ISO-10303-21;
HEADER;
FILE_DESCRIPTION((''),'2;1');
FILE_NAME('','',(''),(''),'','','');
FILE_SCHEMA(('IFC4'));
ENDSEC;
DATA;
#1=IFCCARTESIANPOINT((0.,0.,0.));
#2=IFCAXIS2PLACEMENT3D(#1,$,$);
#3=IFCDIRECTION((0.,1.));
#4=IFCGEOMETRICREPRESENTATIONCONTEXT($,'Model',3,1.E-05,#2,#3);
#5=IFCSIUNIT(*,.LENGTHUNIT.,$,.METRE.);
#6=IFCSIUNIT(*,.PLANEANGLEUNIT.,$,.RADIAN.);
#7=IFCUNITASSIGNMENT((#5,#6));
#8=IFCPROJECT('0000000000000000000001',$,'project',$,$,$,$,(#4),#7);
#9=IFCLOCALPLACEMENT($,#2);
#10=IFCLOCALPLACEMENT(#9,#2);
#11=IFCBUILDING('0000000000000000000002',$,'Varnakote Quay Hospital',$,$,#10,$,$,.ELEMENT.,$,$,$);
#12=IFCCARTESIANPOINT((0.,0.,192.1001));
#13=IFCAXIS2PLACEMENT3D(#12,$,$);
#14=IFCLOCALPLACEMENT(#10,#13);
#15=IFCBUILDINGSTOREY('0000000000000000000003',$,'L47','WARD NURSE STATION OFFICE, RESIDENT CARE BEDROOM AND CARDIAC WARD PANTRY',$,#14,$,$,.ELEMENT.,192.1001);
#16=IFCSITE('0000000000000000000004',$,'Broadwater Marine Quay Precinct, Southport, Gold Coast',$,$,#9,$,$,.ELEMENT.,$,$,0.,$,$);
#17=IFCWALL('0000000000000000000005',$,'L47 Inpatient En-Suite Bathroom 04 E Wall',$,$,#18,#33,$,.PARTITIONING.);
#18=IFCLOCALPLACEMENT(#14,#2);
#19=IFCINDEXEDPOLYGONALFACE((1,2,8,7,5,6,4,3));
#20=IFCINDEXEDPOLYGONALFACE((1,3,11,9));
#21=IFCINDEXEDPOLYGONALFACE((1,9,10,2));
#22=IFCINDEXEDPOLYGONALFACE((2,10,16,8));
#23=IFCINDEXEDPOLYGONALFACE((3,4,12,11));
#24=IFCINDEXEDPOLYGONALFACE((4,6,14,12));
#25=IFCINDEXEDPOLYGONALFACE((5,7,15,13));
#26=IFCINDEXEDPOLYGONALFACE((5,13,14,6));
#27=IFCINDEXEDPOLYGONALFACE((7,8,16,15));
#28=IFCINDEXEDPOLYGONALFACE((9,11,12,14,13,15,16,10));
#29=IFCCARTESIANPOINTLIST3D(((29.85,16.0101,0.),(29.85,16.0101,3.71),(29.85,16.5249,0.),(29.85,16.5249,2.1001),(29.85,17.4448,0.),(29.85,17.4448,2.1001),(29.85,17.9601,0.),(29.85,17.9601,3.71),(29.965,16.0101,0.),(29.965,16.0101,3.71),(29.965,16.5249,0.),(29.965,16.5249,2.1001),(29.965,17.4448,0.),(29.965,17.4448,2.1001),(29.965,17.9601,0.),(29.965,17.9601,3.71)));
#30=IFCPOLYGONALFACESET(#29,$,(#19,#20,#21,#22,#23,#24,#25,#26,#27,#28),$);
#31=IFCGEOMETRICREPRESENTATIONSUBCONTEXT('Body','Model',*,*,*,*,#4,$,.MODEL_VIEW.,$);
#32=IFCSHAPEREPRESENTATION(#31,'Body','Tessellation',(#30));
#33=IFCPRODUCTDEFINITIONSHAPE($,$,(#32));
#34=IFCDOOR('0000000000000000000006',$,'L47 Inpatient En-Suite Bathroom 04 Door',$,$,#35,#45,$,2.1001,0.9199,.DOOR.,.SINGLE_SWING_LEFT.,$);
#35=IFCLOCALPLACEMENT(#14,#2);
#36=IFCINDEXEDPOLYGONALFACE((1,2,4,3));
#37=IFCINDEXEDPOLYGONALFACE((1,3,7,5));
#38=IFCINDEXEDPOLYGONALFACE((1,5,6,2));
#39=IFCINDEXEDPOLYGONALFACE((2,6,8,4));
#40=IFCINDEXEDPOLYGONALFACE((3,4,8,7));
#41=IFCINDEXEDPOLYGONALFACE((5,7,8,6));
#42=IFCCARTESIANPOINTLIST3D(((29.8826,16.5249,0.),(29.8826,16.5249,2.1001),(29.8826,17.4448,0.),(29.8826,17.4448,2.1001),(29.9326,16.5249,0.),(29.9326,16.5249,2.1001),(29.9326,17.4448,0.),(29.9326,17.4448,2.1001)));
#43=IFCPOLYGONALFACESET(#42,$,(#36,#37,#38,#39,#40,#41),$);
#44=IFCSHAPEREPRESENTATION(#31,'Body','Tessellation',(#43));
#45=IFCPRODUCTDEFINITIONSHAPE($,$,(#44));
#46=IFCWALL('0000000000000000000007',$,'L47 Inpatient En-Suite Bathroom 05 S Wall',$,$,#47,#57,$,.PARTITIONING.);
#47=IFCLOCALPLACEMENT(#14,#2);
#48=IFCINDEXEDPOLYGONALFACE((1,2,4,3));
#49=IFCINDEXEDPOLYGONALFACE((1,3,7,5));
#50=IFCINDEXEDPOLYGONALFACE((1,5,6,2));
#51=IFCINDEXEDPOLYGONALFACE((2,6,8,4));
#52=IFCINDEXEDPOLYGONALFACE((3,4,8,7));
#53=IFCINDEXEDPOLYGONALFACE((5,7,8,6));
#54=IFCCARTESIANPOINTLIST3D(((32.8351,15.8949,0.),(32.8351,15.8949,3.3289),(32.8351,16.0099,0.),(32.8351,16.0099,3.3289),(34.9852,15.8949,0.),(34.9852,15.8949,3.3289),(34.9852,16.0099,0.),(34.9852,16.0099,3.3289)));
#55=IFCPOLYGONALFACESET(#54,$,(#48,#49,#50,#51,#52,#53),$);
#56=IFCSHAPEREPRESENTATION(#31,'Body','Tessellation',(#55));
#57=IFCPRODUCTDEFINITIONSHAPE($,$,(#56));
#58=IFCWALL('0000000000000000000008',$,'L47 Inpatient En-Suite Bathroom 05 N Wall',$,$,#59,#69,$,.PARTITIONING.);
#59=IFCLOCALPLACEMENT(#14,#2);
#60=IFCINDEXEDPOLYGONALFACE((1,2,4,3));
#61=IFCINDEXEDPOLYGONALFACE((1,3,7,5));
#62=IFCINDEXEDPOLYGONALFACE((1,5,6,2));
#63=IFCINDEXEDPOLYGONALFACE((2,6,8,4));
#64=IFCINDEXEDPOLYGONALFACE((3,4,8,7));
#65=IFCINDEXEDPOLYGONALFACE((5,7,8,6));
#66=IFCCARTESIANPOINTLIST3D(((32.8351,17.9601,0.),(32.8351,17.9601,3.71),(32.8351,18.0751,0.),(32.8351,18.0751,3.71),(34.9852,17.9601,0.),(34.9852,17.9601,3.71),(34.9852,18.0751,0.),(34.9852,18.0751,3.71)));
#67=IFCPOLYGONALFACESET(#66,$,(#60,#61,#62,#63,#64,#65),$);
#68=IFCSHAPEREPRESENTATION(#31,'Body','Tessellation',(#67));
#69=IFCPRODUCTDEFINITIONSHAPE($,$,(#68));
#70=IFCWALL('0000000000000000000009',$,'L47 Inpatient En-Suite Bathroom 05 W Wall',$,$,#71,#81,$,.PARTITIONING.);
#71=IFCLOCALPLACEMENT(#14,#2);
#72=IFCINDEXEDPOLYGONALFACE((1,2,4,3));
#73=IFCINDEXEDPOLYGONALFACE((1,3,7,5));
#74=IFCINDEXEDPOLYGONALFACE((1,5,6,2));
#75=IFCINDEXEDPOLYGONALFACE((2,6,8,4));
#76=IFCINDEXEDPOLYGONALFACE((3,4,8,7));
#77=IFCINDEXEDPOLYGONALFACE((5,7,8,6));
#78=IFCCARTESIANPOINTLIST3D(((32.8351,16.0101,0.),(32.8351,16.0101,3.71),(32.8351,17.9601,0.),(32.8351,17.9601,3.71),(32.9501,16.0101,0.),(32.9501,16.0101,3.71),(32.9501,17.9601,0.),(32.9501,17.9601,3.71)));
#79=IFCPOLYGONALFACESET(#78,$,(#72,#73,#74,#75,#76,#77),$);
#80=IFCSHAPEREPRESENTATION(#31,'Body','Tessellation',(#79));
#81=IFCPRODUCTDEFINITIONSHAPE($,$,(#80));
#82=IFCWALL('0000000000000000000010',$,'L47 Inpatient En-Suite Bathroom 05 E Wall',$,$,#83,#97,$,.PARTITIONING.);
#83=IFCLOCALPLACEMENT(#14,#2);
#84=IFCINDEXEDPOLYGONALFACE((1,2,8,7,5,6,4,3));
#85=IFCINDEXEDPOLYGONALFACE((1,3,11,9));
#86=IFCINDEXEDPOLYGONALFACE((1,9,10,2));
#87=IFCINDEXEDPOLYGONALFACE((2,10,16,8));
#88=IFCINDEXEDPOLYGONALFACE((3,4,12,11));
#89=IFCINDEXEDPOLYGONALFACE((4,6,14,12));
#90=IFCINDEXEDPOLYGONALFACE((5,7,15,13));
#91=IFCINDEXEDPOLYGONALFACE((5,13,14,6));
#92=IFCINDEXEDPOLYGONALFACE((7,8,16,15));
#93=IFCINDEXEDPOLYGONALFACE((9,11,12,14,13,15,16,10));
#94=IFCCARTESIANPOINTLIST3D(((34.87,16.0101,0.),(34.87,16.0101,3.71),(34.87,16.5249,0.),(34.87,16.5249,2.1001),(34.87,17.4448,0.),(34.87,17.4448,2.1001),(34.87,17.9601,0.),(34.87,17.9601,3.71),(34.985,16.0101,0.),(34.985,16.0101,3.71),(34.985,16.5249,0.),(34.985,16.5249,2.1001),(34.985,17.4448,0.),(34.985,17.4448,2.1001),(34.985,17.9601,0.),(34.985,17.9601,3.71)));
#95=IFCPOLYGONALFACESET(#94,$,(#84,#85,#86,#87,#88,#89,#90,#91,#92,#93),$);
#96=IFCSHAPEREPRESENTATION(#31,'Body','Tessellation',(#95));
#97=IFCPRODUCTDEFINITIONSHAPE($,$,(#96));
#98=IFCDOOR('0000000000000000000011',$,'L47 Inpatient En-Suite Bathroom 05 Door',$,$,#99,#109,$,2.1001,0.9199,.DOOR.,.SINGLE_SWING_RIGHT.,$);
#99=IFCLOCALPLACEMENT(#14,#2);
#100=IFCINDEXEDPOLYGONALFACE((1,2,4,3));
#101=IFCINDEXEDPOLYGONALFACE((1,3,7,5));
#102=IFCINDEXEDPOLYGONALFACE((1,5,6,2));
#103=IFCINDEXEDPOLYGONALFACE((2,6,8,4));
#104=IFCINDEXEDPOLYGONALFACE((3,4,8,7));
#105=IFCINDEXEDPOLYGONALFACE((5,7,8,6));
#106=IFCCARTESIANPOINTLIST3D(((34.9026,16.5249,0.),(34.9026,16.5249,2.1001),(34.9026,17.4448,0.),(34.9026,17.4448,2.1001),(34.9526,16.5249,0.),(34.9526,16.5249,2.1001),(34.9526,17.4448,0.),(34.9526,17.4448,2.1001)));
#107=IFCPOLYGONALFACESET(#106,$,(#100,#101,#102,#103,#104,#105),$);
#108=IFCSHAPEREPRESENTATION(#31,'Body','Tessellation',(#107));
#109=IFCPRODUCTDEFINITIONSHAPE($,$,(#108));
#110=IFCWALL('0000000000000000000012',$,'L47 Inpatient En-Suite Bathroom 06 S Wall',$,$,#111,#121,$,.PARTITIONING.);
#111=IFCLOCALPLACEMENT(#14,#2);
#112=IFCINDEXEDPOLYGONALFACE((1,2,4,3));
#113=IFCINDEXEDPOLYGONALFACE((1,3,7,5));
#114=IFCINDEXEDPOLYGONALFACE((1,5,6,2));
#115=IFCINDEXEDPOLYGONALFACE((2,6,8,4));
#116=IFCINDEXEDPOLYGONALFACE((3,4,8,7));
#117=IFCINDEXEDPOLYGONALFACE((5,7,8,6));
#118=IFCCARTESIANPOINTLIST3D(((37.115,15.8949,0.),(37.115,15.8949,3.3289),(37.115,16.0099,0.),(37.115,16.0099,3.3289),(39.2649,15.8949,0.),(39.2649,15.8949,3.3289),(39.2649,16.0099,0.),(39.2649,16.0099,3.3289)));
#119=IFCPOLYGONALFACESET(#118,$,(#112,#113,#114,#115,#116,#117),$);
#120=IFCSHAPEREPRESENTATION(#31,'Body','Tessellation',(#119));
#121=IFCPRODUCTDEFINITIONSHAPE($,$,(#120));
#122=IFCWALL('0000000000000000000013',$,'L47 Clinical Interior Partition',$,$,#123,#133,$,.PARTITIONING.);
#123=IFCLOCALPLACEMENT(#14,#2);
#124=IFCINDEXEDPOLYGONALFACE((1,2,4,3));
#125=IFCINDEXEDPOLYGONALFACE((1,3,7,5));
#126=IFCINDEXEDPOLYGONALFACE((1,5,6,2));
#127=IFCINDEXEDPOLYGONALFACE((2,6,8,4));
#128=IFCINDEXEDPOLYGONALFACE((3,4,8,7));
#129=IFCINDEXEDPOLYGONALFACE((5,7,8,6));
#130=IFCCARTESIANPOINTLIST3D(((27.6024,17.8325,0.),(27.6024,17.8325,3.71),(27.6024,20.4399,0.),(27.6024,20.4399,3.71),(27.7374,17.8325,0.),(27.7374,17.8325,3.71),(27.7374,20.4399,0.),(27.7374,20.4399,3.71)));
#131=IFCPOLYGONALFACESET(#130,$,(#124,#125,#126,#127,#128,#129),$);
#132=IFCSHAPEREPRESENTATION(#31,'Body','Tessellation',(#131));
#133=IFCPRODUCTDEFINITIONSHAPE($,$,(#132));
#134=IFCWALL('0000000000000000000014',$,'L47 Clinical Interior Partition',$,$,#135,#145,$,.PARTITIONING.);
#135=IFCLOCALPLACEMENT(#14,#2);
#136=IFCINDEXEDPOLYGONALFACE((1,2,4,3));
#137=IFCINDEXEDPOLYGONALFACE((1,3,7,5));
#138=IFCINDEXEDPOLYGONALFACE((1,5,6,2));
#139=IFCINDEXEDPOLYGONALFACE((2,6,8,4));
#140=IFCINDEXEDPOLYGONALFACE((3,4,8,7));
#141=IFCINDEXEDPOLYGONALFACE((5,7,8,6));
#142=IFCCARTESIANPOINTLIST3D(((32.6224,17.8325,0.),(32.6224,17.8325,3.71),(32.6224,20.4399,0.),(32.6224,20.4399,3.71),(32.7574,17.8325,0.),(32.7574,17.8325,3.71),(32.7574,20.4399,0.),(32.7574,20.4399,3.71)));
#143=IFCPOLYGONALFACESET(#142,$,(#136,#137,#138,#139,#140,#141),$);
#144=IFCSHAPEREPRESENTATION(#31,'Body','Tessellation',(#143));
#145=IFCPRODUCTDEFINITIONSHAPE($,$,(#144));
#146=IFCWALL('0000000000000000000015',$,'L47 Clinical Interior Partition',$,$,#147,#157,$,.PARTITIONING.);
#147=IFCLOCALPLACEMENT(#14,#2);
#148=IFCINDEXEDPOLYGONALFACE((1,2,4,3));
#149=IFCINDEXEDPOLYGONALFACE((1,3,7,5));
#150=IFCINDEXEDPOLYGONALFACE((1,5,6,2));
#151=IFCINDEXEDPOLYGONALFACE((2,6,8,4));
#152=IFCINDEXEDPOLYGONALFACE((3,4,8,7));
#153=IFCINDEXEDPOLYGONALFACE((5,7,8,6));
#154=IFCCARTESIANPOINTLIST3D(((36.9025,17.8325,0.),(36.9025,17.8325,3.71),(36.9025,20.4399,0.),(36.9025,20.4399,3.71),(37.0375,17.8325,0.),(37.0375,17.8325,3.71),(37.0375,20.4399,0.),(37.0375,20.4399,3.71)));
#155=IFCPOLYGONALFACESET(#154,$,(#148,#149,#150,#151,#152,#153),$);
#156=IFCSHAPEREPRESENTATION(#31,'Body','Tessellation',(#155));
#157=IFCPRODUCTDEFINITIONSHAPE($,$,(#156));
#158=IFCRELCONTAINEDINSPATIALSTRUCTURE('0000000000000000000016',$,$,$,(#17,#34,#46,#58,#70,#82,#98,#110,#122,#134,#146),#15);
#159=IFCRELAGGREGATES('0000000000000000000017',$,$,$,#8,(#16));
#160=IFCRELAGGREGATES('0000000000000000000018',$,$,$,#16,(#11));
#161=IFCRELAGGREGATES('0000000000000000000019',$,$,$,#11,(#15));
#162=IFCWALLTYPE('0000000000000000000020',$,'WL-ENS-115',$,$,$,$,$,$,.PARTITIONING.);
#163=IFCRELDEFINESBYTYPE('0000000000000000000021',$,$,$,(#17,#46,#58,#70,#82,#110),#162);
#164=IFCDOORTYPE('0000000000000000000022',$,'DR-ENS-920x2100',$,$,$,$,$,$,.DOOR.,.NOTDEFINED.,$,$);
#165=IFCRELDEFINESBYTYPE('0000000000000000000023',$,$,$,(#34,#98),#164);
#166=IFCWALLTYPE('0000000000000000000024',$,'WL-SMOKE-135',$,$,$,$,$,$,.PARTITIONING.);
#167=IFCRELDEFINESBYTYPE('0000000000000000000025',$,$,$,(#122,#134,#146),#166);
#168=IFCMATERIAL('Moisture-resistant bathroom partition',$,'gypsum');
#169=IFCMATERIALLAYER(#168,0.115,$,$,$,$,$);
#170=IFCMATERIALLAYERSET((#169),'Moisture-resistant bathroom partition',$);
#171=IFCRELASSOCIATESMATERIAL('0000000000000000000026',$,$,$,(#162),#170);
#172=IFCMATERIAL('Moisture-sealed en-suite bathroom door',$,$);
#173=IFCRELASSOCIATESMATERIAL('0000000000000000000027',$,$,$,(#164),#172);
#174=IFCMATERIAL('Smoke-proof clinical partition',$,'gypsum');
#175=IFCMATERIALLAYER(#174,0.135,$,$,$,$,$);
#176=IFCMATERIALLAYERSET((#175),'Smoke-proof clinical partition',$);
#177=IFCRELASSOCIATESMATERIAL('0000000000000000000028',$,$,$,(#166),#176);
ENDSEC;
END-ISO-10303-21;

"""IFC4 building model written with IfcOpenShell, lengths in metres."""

from ifc_helpers import new_model, si_unit, direction, frame, frame_2d, origin, place, context, subcontext, project, spatial, rectangle, extrude, material, layer, layer_set, type_object, element, fill, save


model = new_model("IFC4")

# Units and contexts
model_context = context("Model", 3, precision=1e-05, world=origin(), true_north=direction((0.0, 1.0)))
body_context = subcontext(model_context, "Body", "Model", "MODEL_VIEW")
ifc_project = project(units=[si_unit("LENGTHUNIT", "METRE"), si_unit("PLANEANGLEUNIT", "RADIAN")], contexts=[model_context])

# Site, building, storey
site_placement = place(None, origin())
site = spatial("IfcSite", under=ifc_project, at=site_placement, Name="Broadwater Marine Quay Precinct, Southport, Gold Coast", CompositionType="ELEMENT", RefElevation=0.0)
building_placement = place(site_placement, origin())
building = spatial("IfcBuilding", under=site, at=building_placement, Name="Varnakote Quay Hospital", CompositionType="ELEMENT")
storey_placement = place(building_placement, frame((0.0, 0.0, 192.1001)))
storey = spatial("IfcBuildingStorey", under=building, at=storey_placement, Name="L47", Description="WARD NURSE STATION OFFICE, RESIDENT CARE BEDROOM AND CARDIAC WARD PANTRY", CompositionType="ELEMENT", Elevation=192.1001)

# Shared definitions
ifc_material_1 = material(Name="Moisture-resistant bathroom partition", Category="gypsum")
ifc_layer_1 = layer(ifc_material_1, 0.115)
ifc_layer_set_1 = layer_set([ifc_layer_1], Name="Moisture-resistant bathroom partition")
wall_type_1 = type_object("IfcWallType", Name="WL-ENS-115", PredefinedType="PARTITIONING", material=ifc_layer_set_1)
ifc_material_2 = material(Name="Moisture-sealed en-suite bathroom door")
door_type = type_object("IfcDoorType", Name="DR-ENS-920x2100", OperationType="NOTDEFINED", PredefinedType="DOOR", material=ifc_material_2)

# Wall, opening, door
wall_1_placement = place(storey_placement, frame((29.9075, 16.01, 0.0), z_axis=(0.0, 0.0, 1.0), x_axis=(0.0, 1.0, 0.0)))
wall_1 = element("IfcWall", 1, at=wall_1_placement, inside=storey, type_object=wall_type_1, Name="L47 Inpatient En-Suite Bathroom 04 E Wall", PredefinedType="PARTITIONING", context=body_context, shape_type="SweptSolid", body=[
    extrude(rectangle(XDim=1.95, YDim=0.115, at=frame_2d((0.9751, 0.0))), origin(), (0.0, 0.0, 1.0), 3.71),
])
opening_1_placement = place(wall_1_placement, frame((0.5149, 0.0, 0.0)))
opening_1 = element("IfcOpeningElement", 2, at=opening_1_placement, cuts=wall_1, PredefinedType="OPENING", context=body_context, shape_type="SweptSolid", body=[
    extrude(rectangle(XDim=0.9199, YDim=2.1001, at=frame_2d((0.46, 1.05))), frame((0.0, 0.0674, 0.0), z_axis=(0.0, -1.0, 0.0), x_axis=(1.0, 0.0, 0.0)), (0.0, 0.0, 1.0), 0.135),
])
door_1_placement = place(opening_1_placement, origin())
door_1 = element("IfcDoor", 3, at=door_1_placement, inside=storey, type_object=door_type, Name="L47 Inpatient En-Suite Bathroom 04 Door", OperationType="SINGLE_SWING_LEFT", OverallHeight=2.1001, OverallWidth=0.9199, PredefinedType="DOOR", context=body_context, shape_type="SweptSolid", body=[
    extrude(rectangle(XDim=0.9199, YDim=2.1001, at=frame_2d((0.46, 1.05))), frame((0.0, 0.0249, 0.0), z_axis=(0.0, -1.0, 0.0), x_axis=(1.0, 0.0, 0.0)), (0.0, 0.0, 1.0), 0.05),
])
fill(opening_1, door_1)

# Walls
wall_2_placement = place(storey_placement, frame((32.835, 15.9524, 0.0), z_axis=(0.0, 0.0, 1.0), x_axis=(1.0, 0.0, 0.0)))
element("IfcWall", 4, at=wall_2_placement, inside=storey, type_object=wall_type_1, Name="L47 Inpatient En-Suite Bathroom 05 S Wall", PredefinedType="PARTITIONING", context=body_context, shape_type="SweptSolid", body=[
    extrude(rectangle(XDim=2.1501, YDim=0.115, at=frame_2d((1.0752, 0.0))), origin(), (0.0, 0.0, 1.0), 3.3289),
])
wall_3_placement = place(storey_placement, frame((32.835, 18.0176, 0.0), z_axis=(0.0, 0.0, 1.0), x_axis=(1.0, 0.0, 0.0)))
element("IfcWall", 5, at=wall_3_placement, inside=storey, type_object=wall_type_1, Name="L47 Inpatient En-Suite Bathroom 05 N Wall", PredefinedType="PARTITIONING", context=body_context, shape_type="SweptSolid", body=[
    extrude(rectangle(XDim=2.1501, YDim=0.115, at=frame_2d((1.0752, 0.0))), origin(), (0.0, 0.0, 1.0), 3.71),
])
wall_4_placement = place(storey_placement, frame((32.8926, 16.01, 0.0), z_axis=(0.0, 0.0, 1.0), x_axis=(0.0, 1.0, 0.0)))
element("IfcWall", 6, at=wall_4_placement, inside=storey, type_object=wall_type_1, Name="L47 Inpatient En-Suite Bathroom 05 W Wall", PredefinedType="PARTITIONING", context=body_context, shape_type="SweptSolid", body=[
    extrude(rectangle(XDim=1.95, YDim=0.115, at=frame_2d((0.9751, 0.0))), origin(), (0.0, 0.0, 1.0), 3.71),
])

# Wall, opening, door
wall_5_placement = place(storey_placement, frame((34.9275, 16.01, 0.0), z_axis=(0.0, 0.0, 1.0), x_axis=(0.0, 1.0, 0.0)))
wall_5 = element("IfcWall", 7, at=wall_5_placement, inside=storey, type_object=wall_type_1, Name="L47 Inpatient En-Suite Bathroom 05 E Wall", PredefinedType="PARTITIONING", context=body_context, shape_type="SweptSolid", body=[
    extrude(rectangle(XDim=1.95, YDim=0.115, at=frame_2d((0.9751, 0.0))), origin(), (0.0, 0.0, 1.0), 3.71),
])
opening_2_placement = place(wall_5_placement, frame((0.5149, 0.0, 0.0)))
opening_2 = element("IfcOpeningElement", 8, at=opening_2_placement, cuts=wall_5, PredefinedType="OPENING", context=body_context, shape_type="SweptSolid", body=[
    extrude(rectangle(XDim=0.9199, YDim=2.1001, at=frame_2d((0.46, 1.05))), frame((0.0, 0.0674, 0.0), z_axis=(0.0, -1.0, 0.0), x_axis=(1.0, 0.0, 0.0)), (0.0, 0.0, 1.0), 0.135),
])
door_2_placement = place(opening_2_placement, origin())
door_2 = element("IfcDoor", 9, at=door_2_placement, inside=storey, type_object=door_type, Name="L47 Inpatient En-Suite Bathroom 05 Door", OperationType="SINGLE_SWING_RIGHT", OverallHeight=2.1001, OverallWidth=0.9199, PredefinedType="DOOR", context=body_context, shape_type="SweptSolid", body=[
    extrude(rectangle(XDim=0.9199, YDim=2.1001, at=frame_2d((0.46, 1.05))), frame((0.0, 0.0249, 0.0), z_axis=(0.0, -1.0, 0.0), x_axis=(1.0, 0.0, 0.0)), (0.0, 0.0, 1.0), 0.05),
])
fill(opening_2, door_2)

# Walls
wall_6_placement = place(storey_placement, frame((37.115, 15.9524, 0.0), z_axis=(0.0, 0.0, 1.0), x_axis=(1.0, 0.0, 0.0)))
element("IfcWall", 10, at=wall_6_placement, inside=storey, type_object=wall_type_1, Name="L47 Inpatient En-Suite Bathroom 06 S Wall", PredefinedType="PARTITIONING", context=body_context, shape_type="SweptSolid", body=[
    extrude(rectangle(XDim=2.1499, YDim=0.115, at=frame_2d((1.075, 0.0))), origin(), (0.0, 0.0, 1.0), 3.3289),
])
ifc_material_3 = material(Name="Smoke-proof clinical partition", Category="gypsum")
ifc_layer_2 = layer(ifc_material_3, 0.135)
ifc_layer_set_2 = layer_set([ifc_layer_2], Name="Smoke-proof clinical partition")
wall_type_2 = type_object("IfcWallType", Name="WL-SMOKE-135", PredefinedType="PARTITIONING", material=ifc_layer_set_2)
for number, where, z_axis, x_axis, name in (
    (11, (27.6699, 17.8325, 0.0), (0.0, 0.0, 1.0), (0.0, 1.0, 0.0), "L47 Clinical Interior Partition"),
    (12, (32.6899, 17.8325, 0.0), (0.0, 0.0, 1.0), (0.0, 1.0, 0.0), "L47 Clinical Interior Partition"),
    (13, (36.97, 17.8325, 0.0), (0.0, 0.0, 1.0), (0.0, 1.0, 0.0), "L47 Clinical Interior Partition"),
):
    element("IfcWall", number, at=place(storey_placement, frame(where, z_axis=z_axis, x_axis=x_axis)), inside=storey, type_object=wall_type_2, Name=name, PredefinedType="PARTITIONING", context=body_context, shape_type="SweptSolid", body=[
        extrude(rectangle(XDim=2.6074, YDim=0.135, at=frame_2d((1.3037, 0.0))), origin(), (0.0, 0.0, 1.0), 3.71),
    ])

save(model, "model.ifc")
